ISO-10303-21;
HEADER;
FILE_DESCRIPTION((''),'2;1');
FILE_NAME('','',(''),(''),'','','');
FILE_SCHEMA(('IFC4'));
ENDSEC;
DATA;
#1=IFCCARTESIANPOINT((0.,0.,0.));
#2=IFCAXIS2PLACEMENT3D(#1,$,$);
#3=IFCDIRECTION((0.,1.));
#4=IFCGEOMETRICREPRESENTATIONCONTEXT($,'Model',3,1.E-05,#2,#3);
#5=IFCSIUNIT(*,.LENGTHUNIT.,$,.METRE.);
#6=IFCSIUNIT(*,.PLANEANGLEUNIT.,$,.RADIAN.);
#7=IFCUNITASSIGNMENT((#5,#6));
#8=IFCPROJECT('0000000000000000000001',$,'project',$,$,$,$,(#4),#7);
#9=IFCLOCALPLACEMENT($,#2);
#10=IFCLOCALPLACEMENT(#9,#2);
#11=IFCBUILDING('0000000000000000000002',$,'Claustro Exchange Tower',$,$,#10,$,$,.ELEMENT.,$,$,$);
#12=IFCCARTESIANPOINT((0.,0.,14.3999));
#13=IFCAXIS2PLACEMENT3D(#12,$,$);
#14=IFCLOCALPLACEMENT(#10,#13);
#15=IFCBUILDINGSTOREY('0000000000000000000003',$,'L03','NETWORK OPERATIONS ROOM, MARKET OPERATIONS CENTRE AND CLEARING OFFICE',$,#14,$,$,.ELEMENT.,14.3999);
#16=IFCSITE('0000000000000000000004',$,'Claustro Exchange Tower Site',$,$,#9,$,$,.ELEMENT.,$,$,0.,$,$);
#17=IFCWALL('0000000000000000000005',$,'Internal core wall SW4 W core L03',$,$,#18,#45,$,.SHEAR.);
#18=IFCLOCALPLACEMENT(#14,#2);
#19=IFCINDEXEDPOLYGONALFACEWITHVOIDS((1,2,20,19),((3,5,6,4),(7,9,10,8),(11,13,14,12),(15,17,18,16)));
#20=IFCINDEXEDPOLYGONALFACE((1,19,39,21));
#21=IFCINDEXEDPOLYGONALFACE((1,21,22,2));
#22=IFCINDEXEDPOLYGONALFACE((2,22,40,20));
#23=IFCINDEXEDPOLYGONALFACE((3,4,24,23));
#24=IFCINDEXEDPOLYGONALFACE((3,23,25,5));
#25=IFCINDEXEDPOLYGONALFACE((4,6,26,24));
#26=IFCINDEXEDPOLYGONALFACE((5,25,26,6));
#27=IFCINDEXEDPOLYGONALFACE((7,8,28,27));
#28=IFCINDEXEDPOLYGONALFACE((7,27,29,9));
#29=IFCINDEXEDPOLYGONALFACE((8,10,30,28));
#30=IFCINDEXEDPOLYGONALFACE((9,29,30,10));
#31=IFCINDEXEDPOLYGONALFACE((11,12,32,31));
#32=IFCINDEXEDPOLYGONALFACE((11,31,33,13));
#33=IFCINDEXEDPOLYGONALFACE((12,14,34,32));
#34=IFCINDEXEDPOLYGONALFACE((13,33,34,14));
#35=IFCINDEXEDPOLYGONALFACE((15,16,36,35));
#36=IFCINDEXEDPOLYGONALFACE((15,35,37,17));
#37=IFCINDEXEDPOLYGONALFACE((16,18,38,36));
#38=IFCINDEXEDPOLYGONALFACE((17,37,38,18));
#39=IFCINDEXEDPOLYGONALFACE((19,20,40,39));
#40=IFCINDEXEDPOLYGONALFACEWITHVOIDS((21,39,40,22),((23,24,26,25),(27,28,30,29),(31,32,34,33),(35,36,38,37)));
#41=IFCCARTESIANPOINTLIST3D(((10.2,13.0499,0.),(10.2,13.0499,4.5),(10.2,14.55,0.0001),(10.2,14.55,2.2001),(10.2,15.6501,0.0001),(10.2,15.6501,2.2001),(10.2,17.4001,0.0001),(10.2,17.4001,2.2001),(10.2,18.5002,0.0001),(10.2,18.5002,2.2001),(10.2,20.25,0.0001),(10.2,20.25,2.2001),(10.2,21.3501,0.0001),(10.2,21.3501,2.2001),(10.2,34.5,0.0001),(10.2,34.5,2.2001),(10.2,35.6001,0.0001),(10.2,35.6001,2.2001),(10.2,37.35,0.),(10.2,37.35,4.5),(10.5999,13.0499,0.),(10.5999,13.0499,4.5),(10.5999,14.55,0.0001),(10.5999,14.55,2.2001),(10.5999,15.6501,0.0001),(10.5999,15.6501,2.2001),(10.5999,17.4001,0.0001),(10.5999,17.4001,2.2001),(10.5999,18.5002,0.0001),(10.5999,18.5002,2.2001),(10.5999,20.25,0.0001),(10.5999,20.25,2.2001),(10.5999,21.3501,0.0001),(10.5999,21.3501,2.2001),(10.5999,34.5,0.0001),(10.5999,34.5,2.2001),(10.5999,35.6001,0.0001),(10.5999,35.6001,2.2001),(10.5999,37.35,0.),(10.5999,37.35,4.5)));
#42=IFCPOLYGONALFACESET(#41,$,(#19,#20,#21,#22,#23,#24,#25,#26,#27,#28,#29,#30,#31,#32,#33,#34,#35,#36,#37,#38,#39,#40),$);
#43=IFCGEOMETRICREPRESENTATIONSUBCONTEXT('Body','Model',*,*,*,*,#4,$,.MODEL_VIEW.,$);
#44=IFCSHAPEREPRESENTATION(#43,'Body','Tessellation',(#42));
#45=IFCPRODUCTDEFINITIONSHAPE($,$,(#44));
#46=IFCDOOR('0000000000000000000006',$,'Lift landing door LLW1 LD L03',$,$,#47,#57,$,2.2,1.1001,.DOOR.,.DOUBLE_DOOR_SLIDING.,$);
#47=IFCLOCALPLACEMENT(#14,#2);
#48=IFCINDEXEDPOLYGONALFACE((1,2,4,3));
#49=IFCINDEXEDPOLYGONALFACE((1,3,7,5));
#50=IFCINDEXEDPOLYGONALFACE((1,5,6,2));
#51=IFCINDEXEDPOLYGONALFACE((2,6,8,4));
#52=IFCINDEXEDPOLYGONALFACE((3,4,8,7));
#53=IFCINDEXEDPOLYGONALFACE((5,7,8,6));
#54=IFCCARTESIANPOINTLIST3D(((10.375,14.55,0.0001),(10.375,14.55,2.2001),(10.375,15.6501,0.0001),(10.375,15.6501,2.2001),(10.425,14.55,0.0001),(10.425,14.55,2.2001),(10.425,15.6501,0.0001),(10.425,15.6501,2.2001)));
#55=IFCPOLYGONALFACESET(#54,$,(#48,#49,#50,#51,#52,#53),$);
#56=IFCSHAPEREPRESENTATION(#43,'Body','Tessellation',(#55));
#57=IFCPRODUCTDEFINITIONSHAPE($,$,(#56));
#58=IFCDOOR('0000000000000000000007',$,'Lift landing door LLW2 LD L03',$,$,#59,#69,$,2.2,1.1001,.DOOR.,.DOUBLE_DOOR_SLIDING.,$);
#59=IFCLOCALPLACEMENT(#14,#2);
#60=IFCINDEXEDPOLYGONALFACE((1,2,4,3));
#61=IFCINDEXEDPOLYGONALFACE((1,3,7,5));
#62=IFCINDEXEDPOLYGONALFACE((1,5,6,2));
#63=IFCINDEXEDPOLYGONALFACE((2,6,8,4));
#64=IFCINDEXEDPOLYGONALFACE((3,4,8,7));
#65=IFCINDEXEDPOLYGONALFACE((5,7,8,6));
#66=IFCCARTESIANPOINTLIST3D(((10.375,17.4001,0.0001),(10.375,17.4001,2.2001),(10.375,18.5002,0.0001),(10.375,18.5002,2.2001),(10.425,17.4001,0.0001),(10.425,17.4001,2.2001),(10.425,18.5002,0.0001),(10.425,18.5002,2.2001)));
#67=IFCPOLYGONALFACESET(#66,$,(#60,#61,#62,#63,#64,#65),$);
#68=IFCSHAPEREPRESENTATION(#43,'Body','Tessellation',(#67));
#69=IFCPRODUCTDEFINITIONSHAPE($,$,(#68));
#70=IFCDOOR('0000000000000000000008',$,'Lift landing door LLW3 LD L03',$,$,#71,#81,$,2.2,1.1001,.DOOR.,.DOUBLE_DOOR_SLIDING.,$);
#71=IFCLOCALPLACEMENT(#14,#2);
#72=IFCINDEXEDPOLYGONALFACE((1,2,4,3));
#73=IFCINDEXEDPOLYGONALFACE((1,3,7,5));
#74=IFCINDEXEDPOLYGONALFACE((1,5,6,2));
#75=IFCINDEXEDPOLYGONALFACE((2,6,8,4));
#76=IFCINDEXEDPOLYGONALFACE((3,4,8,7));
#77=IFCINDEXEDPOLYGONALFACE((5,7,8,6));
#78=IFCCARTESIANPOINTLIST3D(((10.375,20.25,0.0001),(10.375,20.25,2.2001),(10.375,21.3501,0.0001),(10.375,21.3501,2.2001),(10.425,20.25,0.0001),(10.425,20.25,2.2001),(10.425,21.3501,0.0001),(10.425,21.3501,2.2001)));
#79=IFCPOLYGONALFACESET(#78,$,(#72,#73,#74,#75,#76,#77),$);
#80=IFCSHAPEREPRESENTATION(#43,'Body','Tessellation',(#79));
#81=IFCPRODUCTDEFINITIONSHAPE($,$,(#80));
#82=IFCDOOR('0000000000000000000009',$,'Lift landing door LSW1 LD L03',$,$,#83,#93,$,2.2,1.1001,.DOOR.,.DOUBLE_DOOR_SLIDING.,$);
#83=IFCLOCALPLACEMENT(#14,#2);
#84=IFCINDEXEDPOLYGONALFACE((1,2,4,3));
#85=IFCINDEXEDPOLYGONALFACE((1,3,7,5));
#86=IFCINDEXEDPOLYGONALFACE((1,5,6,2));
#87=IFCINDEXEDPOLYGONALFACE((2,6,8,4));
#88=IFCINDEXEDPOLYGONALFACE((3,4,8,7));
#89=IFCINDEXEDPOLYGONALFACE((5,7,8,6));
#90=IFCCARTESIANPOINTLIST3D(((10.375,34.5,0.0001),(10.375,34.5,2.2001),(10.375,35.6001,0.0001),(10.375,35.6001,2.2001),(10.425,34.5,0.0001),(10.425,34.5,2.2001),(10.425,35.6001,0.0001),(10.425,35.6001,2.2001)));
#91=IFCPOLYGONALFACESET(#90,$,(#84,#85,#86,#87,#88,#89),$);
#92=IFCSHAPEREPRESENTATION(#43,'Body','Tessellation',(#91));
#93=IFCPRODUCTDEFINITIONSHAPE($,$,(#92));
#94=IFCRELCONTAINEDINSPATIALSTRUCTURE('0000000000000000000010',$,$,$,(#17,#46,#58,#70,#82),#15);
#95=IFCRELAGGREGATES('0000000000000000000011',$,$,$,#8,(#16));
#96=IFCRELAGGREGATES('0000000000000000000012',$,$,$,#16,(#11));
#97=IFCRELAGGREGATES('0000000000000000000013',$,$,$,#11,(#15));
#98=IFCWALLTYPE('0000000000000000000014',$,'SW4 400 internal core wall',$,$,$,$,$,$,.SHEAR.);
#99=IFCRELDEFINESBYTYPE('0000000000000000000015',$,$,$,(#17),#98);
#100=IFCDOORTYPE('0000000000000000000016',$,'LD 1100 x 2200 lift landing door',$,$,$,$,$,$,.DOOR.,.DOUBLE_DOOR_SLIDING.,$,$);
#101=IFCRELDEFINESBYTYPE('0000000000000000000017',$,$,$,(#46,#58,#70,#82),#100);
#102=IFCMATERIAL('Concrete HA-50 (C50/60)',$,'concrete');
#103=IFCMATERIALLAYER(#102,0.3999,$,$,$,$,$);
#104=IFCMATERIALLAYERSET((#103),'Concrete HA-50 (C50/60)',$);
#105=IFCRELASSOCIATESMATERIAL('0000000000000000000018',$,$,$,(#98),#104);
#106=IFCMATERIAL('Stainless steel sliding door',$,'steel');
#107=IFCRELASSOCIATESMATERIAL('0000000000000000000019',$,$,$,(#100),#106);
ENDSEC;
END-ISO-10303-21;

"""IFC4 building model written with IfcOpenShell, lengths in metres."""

from ifc_helpers import new_model, si_unit, direction, frame, frame_2d, origin, place, context, subcontext, project, spatial, rectangle, extrude, material, layer, layer_set, type_object, element, fill, save


model = new_model("IFC4")

# Units and contexts
model_context = context("Model", 3, precision=1e-05, world=origin(), true_north=direction((0.0, 1.0)))
body_context = subcontext(model_context, "Body", "Model", "MODEL_VIEW")
ifc_project = project(units=[si_unit("LENGTHUNIT", "METRE"), si_unit("PLANEANGLEUNIT", "RADIAN")], contexts=[model_context])

# Site, building, storey
site_placement = place(None, origin())
site = spatial("IfcSite", under=ifc_project, at=site_placement, Name="Claustro Exchange Tower Site", CompositionType="ELEMENT", RefElevation=0.0)
building_placement = place(site_placement, origin())
building = spatial("IfcBuilding", under=site, at=building_placement, Name="Claustro Exchange Tower", CompositionType="ELEMENT")
storey_placement = place(building_placement, frame((0.0, 0.0, 14.3999)))
storey = spatial("IfcBuildingStorey", under=building, at=storey_placement, Name="L03", Description="NETWORK OPERATIONS ROOM, MARKET OPERATIONS CENTRE AND CLEARING OFFICE", CompositionType="ELEMENT", Elevation=14.3999)

# Wall, openings, doors
ifc_material_1 = material(Name="Concrete HA-50 (C50/60)", Category="concrete")
ifc_layer = layer(ifc_material_1, 0.3999)
ifc_layer_set = layer_set([ifc_layer], Name="Concrete HA-50 (C50/60)")
wall_type = type_object("IfcWallType", Name="SW4 400 internal core wall", PredefinedType="SHEAR", material=ifc_layer_set)
ifc_material_2 = material(Name="Stainless steel sliding door", Category="steel")
door_type_1 = type_object("IfcDoorType", Name="LD 1100 x 2200 lift landing door", OperationType="DOUBLE_DOOR_SLIDING", PredefinedType="DOOR", material=ifc_material_2)
wall_1_placement = place(storey_placement, frame((10.3999, 13.05, 0.0), z_axis=(0.0, 0.0, 1.0), x_axis=(0.0, 1.0, 0.0)))
wall_1 = element("IfcWall", 1, at=wall_1_placement, inside=storey, type_object=wall_type, Name="Internal core wall SW4 W core L03", PredefinedType="SHEAR", context=body_context, shape_type="SweptSolid", body=[
    extrude(rectangle(XDim=24.3, YDim=0.3999, at=frame_2d((12.1499, 0.0))), origin(), (0.0, 0.0, 1.0), 4.5),
])
opening_1_placement = place(wall_1_placement, frame((1.5, 0.0, 0.0)))
opening_1 = element("IfcOpeningElement", 2, at=opening_1_placement, cuts=wall_1, PredefinedType="OPENING", context=body_context, shape_type="SweptSolid", body=[
    extrude(rectangle(XDim=1.1001, YDim=2.2, at=frame_2d((0.55, 1.1001))), frame((0.0, 0.21, 0.0), z_axis=(0.0, -1.0, 0.0), x_axis=(1.0, 0.0, 0.0)), (0.0, 0.0, 1.0), 0.4199),
])
opening_2_placement = place(wall_1_placement, frame((4.3501, 0.0, 0.0)))
opening_2 = element("IfcOpeningElement", 3, at=opening_2_placement, cuts=wall_1, PredefinedType="OPENING", context=body_context, shape_type="SweptSolid", body=[
    extrude(rectangle(XDim=1.1001, YDim=2.2, at=frame_2d((0.55, 1.1001))), frame((0.0, 0.21, 0.0), z_axis=(0.0, -1.0, 0.0), x_axis=(1.0, 0.0, 0.0)), (0.0, 0.0, 1.0), 0.4199),
])
opening_3_placement = place(wall_1_placement, frame((7.2, 0.0, 0.0)))
opening_3 = element("IfcOpeningElement", 4, at=opening_3_placement, cuts=wall_1, PredefinedType="OPENING", context=body_context, shape_type="SweptSolid", body=[
    extrude(rectangle(XDim=1.1001, YDim=2.2, at=frame_2d((0.55, 1.1001))), frame((0.0, 0.21, 0.0), z_axis=(0.0, -1.0, 0.0), x_axis=(1.0, 0.0, 0.0)), (0.0, 0.0, 1.0), 0.4199),
])
opening_4_placement = place(wall_1_placement, frame((21.45, 0.0, 0.0)))
opening_4 = element("IfcOpeningElement", 5, at=opening_4_placement, cuts=wall_1, PredefinedType="OPENING", context=body_context, shape_type="SweptSolid", body=[
    extrude(rectangle(XDim=1.1001, YDim=2.2, at=frame_2d((0.55, 1.1001))), frame((0.0, 0.21, 0.0), z_axis=(0.0, -1.0, 0.0), x_axis=(1.0, 0.0, 0.0)), (0.0, 0.0, 1.0), 0.4199),
])
door_1_placement = place(opening_1_placement, origin())
door_1 = element("IfcDoor", 6, at=door_1_placement, inside=storey, type_object=door_type_1, Name="Lift landing door LLW1 LD L03", OperationType="DOUBLE_DOOR_SLIDING", OverallHeight=2.2, OverallWidth=1.1001, PredefinedType="DOOR", context=body_context, shape_type="SweptSolid", body=[
    extrude(rectangle(XDim=1.1001, YDim=2.2, at=frame_2d((0.55, 1.1001))), frame((0.0, 0.0249, 0.0), z_axis=(0.0, -1.0, 0.0), x_axis=(1.0, 0.0, 0.0)), (0.0, 0.0, 1.0), 0.05),
])
fill(opening_1, door_1)
door_2_placement = place(opening_2_placement, origin())
door_2 = element("IfcDoor", 7, at=door_2_placement, inside=storey, type_object=door_type_1, Name="Lift landing door LLW2 LD L03", OperationType="DOUBLE_DOOR_SLIDING", OverallHeight=2.2, OverallWidth=1.1001, PredefinedType="DOOR", context=body_context, shape_type="SweptSolid", body=[
    extrude(rectangle(XDim=1.1001, YDim=2.2, at=frame_2d((0.55, 1.1001))), frame((0.0, 0.0249, 0.0), z_axis=(0.0, -1.0, 0.0), x_axis=(1.0, 0.0, 0.0)), (0.0, 0.0, 1.0), 0.05),
])
fill(opening_2, door_2)
door_3_placement = place(opening_3_placement, origin())
door_3 = element("IfcDoor", 8, at=door_3_placement, inside=storey, type_object=door_type_1, Name="Lift landing door LLW3 LD L03", OperationType="DOUBLE_DOOR_SLIDING", OverallHeight=2.2, OverallWidth=1.1001, PredefinedType="DOOR", context=body_context, shape_type="SweptSolid", body=[
    extrude(rectangle(XDim=1.1001, YDim=2.2, at=frame_2d((0.55, 1.1001))), frame((0.0, 0.0249, 0.0), z_axis=(0.0, -1.0, 0.0), x_axis=(1.0, 0.0, 0.0)), (0.0, 0.0, 1.0), 0.05),
])
fill(opening_3, door_3)
door_4_placement = place(opening_4_placement, origin())
door_4 = element("IfcDoor", 9, at=door_4_placement, inside=storey, type_object=door_type_1, Name="Lift landing door LSW1 LD L03", OperationType="DOUBLE_DOOR_SLIDING", OverallHeight=2.2, OverallWidth=1.1001, PredefinedType="DOOR", context=body_context, shape_type="SweptSolid", body=[
    extrude(rectangle(XDim=1.1001, YDim=2.2, at=frame_2d((0.55, 1.1001))), frame((0.0, 0.0249, 0.0), z_axis=(0.0, -1.0, 0.0), x_axis=(1.0, 0.0, 0.0)), (0.0, 0.0, 1.0), 0.05),
])
fill(opening_4, door_4)

save(model, "model.ifc")
